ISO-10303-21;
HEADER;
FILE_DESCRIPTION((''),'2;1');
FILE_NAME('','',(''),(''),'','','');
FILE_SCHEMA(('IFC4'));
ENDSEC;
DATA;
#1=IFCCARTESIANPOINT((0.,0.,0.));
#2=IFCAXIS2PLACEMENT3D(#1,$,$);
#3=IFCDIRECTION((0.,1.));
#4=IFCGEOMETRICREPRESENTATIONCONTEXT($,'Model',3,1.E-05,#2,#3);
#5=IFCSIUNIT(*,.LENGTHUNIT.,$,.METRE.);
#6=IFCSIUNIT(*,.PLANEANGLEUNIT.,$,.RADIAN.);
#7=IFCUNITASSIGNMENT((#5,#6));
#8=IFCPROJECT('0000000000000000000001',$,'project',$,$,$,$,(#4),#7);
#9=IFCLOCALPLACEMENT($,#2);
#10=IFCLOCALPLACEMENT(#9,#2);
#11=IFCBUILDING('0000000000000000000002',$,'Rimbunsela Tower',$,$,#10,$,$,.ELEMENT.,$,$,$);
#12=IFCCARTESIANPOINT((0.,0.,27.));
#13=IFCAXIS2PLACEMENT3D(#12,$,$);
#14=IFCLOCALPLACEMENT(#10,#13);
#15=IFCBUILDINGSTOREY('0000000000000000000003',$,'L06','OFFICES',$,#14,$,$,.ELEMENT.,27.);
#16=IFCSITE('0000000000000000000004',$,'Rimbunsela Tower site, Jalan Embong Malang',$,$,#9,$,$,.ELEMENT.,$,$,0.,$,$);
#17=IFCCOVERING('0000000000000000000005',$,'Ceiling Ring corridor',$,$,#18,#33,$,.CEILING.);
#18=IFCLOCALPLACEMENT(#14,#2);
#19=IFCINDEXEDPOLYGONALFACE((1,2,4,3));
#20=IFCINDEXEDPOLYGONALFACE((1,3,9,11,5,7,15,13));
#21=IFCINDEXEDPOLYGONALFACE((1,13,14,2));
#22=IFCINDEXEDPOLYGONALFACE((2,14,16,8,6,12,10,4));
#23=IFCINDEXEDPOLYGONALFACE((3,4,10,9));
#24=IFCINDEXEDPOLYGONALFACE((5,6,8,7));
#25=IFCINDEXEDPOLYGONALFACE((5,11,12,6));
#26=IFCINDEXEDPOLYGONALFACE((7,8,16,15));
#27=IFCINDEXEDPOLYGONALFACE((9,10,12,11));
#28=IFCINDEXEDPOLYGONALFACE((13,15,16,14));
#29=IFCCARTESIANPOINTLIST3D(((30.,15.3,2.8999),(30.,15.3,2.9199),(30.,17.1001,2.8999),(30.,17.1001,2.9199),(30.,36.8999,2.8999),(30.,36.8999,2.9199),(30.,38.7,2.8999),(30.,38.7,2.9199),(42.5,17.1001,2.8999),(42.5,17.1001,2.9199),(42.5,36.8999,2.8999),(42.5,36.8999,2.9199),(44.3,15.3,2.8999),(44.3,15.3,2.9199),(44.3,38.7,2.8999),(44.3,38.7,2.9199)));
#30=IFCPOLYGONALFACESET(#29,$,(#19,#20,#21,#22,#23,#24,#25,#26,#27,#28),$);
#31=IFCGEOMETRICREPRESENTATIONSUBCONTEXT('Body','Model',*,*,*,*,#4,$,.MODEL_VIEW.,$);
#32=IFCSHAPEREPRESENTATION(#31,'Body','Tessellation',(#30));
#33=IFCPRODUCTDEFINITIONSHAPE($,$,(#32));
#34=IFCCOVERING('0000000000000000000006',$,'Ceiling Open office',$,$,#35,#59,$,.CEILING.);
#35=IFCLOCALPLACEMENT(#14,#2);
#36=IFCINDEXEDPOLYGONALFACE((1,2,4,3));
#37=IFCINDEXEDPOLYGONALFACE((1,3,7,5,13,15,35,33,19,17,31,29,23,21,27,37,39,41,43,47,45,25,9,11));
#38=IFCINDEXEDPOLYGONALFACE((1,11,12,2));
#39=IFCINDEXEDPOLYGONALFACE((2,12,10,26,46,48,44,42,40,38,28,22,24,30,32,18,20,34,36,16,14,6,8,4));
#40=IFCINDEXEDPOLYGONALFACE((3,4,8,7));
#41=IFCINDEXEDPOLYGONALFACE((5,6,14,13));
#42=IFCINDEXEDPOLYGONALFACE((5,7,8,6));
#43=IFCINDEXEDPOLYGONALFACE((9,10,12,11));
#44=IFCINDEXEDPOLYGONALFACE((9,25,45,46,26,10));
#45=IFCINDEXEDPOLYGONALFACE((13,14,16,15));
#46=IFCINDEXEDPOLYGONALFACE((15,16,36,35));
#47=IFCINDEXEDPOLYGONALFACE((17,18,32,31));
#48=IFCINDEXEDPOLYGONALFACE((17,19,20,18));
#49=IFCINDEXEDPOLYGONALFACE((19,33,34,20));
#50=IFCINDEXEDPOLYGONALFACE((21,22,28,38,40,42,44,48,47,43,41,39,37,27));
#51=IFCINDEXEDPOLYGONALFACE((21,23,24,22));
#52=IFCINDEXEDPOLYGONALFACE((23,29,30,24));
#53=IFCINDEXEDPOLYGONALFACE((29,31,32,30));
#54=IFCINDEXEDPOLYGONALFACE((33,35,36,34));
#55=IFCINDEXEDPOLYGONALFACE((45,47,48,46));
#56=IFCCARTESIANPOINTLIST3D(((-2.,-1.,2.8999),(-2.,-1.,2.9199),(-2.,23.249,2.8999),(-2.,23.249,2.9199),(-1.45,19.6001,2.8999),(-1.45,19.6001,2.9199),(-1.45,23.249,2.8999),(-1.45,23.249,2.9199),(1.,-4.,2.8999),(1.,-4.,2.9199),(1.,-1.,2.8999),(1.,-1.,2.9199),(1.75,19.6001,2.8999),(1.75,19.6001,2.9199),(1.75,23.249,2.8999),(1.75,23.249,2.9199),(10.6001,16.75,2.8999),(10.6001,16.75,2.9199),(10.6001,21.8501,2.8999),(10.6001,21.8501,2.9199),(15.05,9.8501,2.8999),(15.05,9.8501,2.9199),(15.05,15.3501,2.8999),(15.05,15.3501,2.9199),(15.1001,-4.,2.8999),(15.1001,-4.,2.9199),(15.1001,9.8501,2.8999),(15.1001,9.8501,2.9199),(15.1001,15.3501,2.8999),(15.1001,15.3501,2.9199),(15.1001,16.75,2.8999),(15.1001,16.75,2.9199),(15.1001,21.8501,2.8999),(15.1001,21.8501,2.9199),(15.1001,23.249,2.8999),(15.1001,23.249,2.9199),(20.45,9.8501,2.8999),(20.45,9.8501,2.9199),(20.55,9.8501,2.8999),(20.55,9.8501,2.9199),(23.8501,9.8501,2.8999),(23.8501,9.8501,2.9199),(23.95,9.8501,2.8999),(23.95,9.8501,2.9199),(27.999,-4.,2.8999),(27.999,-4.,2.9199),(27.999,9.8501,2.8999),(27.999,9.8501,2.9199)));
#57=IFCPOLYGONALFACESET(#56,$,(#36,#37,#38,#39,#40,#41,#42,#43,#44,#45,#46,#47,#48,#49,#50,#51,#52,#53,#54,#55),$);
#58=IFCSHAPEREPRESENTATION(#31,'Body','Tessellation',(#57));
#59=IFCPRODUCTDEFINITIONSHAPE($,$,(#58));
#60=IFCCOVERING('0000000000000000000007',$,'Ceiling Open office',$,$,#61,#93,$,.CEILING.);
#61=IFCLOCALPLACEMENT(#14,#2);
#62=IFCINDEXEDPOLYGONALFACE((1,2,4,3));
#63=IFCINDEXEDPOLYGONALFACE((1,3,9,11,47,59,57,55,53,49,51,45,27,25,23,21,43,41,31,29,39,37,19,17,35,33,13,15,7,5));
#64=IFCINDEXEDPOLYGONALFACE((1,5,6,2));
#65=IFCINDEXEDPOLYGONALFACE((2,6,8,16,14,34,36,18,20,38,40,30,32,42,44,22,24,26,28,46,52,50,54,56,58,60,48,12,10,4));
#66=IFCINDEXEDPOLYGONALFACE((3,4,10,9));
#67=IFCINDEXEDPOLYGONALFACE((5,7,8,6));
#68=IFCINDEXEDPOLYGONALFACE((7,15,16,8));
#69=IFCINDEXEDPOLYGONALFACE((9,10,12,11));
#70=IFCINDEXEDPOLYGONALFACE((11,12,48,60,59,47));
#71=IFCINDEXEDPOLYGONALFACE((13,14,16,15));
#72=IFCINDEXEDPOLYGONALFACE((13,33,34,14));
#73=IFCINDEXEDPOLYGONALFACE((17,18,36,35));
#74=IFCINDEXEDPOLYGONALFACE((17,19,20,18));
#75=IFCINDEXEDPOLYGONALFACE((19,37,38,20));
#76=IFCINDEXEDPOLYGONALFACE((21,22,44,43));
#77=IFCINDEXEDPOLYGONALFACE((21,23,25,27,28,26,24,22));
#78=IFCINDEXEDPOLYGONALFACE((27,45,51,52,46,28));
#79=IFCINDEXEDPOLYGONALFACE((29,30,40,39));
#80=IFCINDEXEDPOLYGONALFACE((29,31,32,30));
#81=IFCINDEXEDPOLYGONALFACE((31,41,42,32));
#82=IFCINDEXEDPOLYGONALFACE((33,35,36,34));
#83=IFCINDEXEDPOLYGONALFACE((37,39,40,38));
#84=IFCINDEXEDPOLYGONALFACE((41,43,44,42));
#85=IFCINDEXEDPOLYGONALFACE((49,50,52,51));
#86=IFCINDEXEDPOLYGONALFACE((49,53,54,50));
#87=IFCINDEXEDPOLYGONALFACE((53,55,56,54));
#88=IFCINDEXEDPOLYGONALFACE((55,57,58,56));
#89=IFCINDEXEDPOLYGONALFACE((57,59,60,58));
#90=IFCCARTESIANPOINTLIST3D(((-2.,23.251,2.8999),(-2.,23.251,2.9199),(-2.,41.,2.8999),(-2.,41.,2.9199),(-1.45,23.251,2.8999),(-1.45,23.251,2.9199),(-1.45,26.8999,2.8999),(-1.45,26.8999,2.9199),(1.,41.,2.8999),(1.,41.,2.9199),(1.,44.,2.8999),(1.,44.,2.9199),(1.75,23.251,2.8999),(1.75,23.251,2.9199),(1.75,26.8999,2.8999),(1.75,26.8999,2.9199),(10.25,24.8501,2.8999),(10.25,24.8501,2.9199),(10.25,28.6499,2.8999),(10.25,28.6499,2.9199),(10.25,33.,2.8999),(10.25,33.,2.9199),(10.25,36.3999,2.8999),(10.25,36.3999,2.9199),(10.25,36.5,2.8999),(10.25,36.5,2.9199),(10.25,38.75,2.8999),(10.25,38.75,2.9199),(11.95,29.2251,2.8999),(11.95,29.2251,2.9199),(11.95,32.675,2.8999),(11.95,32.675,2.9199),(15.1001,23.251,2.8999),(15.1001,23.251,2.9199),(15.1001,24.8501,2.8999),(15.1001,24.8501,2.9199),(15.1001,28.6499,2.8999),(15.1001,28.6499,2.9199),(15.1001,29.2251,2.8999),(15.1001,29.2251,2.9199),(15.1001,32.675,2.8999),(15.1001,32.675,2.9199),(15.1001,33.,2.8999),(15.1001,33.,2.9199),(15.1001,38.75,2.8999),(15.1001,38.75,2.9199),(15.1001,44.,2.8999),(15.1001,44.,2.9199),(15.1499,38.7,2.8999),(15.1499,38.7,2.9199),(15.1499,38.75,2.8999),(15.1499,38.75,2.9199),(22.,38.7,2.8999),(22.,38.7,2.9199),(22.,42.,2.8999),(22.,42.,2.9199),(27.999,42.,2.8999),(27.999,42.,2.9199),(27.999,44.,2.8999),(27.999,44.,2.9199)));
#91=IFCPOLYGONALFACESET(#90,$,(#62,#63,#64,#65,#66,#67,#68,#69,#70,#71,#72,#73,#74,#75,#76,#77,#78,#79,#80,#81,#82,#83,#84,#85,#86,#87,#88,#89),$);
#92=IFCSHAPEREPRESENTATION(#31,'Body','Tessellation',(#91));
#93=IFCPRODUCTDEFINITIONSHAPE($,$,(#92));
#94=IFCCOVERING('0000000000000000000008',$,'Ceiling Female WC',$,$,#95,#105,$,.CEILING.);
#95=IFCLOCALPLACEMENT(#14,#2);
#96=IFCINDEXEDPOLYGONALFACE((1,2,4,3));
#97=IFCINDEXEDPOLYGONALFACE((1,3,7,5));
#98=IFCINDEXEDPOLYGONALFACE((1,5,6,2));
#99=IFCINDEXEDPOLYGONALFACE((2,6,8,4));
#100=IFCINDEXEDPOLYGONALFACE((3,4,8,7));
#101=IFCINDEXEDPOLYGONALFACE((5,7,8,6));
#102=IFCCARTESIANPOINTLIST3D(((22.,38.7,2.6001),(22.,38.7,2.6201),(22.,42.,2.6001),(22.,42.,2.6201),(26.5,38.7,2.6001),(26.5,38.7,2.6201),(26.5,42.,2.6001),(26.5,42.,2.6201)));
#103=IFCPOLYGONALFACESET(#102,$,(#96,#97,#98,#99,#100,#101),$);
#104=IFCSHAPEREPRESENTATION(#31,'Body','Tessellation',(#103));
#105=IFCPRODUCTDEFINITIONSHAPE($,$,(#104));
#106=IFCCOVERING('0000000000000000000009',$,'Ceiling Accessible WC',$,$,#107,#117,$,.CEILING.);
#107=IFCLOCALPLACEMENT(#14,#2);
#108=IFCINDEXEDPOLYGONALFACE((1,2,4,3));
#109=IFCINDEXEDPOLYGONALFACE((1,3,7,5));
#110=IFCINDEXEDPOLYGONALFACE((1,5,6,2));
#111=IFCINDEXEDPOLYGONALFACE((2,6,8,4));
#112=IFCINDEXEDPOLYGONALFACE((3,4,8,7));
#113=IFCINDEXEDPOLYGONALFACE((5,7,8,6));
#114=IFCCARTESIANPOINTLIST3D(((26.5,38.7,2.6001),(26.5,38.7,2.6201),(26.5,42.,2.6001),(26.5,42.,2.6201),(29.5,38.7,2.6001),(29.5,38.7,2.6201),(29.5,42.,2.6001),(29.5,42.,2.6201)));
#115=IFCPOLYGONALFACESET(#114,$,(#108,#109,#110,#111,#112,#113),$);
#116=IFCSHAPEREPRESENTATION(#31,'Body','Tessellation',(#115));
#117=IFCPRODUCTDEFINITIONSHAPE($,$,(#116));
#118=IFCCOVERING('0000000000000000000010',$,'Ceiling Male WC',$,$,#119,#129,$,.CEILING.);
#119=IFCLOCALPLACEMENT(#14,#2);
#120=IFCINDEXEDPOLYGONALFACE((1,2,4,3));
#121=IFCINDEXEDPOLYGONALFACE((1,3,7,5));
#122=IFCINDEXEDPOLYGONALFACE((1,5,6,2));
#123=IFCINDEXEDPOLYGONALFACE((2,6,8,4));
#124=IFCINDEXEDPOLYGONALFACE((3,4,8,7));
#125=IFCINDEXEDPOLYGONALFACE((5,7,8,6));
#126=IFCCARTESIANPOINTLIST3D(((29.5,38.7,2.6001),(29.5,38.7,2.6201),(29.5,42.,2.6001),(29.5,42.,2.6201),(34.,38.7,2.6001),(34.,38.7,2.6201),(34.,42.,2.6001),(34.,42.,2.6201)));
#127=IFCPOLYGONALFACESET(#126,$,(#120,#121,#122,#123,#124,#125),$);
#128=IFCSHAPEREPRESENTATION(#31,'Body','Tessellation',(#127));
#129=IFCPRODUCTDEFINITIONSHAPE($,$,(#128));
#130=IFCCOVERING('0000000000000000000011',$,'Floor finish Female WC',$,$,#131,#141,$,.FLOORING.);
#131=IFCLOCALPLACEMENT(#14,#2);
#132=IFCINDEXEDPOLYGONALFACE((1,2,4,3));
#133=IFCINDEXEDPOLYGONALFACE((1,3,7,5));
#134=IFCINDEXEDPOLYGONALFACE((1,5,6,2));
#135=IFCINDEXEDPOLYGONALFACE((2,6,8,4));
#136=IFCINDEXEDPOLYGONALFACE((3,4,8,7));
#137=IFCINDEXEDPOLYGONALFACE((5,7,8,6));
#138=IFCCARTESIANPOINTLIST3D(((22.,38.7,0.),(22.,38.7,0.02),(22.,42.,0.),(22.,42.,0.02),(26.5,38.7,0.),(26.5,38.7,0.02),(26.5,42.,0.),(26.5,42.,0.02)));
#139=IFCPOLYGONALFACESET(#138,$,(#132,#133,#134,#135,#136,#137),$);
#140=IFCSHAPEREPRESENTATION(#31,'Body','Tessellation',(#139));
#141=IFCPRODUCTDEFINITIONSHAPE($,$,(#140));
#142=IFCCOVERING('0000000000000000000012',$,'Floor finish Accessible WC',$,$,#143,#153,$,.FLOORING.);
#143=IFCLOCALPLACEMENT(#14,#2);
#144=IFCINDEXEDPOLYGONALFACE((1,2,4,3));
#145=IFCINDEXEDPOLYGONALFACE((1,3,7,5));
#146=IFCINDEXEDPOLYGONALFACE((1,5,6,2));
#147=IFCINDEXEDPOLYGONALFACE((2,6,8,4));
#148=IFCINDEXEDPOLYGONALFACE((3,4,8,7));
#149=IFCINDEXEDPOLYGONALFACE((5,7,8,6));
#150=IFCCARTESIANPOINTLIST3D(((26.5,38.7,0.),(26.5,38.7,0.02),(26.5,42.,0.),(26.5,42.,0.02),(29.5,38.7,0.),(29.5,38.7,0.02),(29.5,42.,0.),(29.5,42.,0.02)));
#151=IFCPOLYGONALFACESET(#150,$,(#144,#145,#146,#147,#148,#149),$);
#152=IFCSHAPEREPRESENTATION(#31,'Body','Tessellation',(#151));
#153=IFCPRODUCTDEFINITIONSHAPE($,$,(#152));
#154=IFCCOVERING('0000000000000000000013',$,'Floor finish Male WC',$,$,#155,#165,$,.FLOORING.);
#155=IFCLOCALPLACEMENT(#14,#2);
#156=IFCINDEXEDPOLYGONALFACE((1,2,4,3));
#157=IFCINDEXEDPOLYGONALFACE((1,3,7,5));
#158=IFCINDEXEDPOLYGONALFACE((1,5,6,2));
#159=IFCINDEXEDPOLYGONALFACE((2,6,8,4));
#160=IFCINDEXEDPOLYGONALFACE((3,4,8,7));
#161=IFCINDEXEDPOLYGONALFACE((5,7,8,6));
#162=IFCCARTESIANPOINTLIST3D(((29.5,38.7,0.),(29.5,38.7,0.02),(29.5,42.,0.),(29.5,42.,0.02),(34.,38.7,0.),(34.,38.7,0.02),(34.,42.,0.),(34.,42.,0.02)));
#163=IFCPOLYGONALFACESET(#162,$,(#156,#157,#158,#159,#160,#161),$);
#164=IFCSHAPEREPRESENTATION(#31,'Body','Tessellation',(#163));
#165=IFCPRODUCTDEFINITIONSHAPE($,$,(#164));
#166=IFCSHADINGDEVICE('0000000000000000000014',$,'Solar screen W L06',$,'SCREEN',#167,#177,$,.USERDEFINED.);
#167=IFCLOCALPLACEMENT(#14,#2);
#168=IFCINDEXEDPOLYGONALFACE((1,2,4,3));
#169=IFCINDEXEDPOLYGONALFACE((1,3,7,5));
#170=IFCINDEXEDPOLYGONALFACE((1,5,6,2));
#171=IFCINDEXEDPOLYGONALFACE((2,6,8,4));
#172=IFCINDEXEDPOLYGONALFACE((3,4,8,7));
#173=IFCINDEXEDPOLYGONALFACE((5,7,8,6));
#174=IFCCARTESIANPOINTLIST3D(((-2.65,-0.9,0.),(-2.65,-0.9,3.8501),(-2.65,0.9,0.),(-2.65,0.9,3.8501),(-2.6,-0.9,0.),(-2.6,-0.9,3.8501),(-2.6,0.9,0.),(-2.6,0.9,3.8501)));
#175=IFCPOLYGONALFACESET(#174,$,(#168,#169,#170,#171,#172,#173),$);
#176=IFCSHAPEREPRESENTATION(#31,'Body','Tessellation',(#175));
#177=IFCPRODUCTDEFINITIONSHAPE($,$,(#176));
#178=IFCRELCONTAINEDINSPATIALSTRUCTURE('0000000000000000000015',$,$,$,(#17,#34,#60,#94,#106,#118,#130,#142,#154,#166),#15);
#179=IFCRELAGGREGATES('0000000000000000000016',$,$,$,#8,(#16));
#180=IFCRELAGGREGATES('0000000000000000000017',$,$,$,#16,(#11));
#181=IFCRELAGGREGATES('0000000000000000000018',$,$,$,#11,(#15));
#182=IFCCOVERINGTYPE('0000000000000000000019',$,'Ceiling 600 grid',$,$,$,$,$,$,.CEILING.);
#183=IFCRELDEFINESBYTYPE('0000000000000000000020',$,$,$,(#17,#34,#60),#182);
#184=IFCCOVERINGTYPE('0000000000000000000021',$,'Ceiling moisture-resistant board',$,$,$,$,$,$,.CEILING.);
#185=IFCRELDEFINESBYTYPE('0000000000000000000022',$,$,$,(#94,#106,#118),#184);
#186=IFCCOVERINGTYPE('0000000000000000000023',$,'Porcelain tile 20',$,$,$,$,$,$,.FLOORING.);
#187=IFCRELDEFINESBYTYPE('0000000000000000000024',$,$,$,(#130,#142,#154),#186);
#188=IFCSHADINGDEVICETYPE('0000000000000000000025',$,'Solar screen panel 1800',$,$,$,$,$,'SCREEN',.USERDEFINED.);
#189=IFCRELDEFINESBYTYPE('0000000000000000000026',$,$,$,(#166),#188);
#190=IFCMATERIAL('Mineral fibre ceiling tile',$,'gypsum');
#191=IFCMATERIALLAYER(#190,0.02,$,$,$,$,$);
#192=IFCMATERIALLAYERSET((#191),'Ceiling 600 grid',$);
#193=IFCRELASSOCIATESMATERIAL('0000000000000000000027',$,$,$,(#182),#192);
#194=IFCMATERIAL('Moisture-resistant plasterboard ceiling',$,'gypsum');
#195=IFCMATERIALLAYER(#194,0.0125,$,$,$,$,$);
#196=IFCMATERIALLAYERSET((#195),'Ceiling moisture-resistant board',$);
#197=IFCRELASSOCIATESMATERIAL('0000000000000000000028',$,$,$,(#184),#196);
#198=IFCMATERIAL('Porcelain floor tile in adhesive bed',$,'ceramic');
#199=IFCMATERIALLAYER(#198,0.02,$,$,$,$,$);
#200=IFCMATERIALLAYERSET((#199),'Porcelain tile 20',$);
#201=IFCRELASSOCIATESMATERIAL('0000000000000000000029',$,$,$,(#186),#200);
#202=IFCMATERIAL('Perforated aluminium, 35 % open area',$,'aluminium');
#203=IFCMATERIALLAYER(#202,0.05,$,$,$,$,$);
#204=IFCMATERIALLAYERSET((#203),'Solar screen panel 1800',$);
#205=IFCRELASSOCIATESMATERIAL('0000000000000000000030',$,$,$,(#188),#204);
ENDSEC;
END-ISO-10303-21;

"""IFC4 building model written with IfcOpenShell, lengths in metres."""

from ifc_helpers import new_model, si_unit, direction, frame, origin, origin_2d, place, context, subcontext, project, spatial, polyline, rectangle, outline, extrude, material, layer, layer_set, type_object, element, save


model = new_model("IFC4")

# Units and contexts
model_context = context("Model", 3, precision=1e-05, world=origin(), true_north=direction((0.0, 1.0)))
body_context = subcontext(model_context, "Body", "Model", "MODEL_VIEW")
ifc_project = project(units=[si_unit("LENGTHUNIT", "METRE"), si_unit("PLANEANGLEUNIT", "RADIAN")], contexts=[model_context])

# Site, building, storey
site_placement = place(None, origin())
site = spatial("IfcSite", under=ifc_project, at=site_placement, Name="Rimbunsela Tower site, Jalan Embong Malang", CompositionType="ELEMENT", RefElevation=0.0)
building_placement = place(site_placement, origin())
building = spatial("IfcBuilding", under=site, at=building_placement, Name="Rimbunsela Tower", CompositionType="ELEMENT")
storey_placement = place(building_placement, frame((0.0, 0.0, 27.0)))
storey = spatial("IfcBuildingStorey", under=building, at=storey_placement, Name="L06", Description="OFFICES", CompositionType="ELEMENT", Elevation=27.0)

# Coverings
ifc_material_1 = material(Name="Mineral fibre ceiling tile", Category="gypsum")
ifc_layer_1 = layer(ifc_material_1, 0.02)
ifc_layer_set_1 = layer_set([ifc_layer_1], Name="Ceiling 600 grid")
covering_type_1 = type_object("IfcCoveringType", Name="Ceiling 600 grid", PredefinedType="CEILING", material=ifc_layer_set_1)
covering_1_placement = place(storey_placement, frame((0.0, 0.0, 2.8999)))
element("IfcCovering", 1, at=covering_1_placement, inside=storey, type_object=covering_type_1, Name="Ceiling Ring corridor", PredefinedType="CEILING", context=body_context, shape_type="SweptSolid", body=[
    extrude(outline(polyline([(44.3, 38.7), (44.3, 15.3), (30.0, 15.3), (30.0, 17.1001), (42.5, 17.1001), (42.5, 36.8999), (30.0, 36.8999), (30.0, 38.7), (44.3, 38.7)])), origin(), (0.0, 0.0, 1.0), 0.02),
])
covering_2_placement = place(storey_placement, frame((0.0, 0.0, 2.8999)))
element("IfcCovering", 2, at=covering_2_placement, inside=storey, type_object=covering_type_1, Name="Ceiling Open office", PredefinedType="CEILING", context=body_context, shape_type="SweptSolid", body=[
    extrude(outline(polyline([(20.55, 9.8501), (23.8501, 9.8501), (23.95, 9.8501), (27.999, 9.8501), (27.999, -4.0), (15.1001, -4.0), (1.0, -4.0), (1.0, -1.0), (-2.0, -1.0), (-2.0, 23.249), (-1.45, 23.249), (-1.45, 19.6001), (1.75, 19.6001), (1.75, 23.249), (15.1001, 23.249), (15.1001, 21.8501), (10.6001, 21.8501), (10.6001, 16.75), (15.1001, 16.75), (15.1001, 15.3501), (15.05, 15.3501), (15.05, 9.8501), (15.1001, 9.8501), (20.45, 9.8501), (20.55, 9.8501)])), origin(), (0.0, 0.0, 1.0), 0.02),
])
covering_3_placement = place(storey_placement, frame((0.0, 0.0, 2.8999)))
element("IfcCovering", 3, at=covering_3_placement, inside=storey, type_object=covering_type_1, Name="Ceiling Open office", PredefinedType="CEILING", context=body_context, shape_type="SweptSolid", body=[
    extrude(outline(polyline([(10.25, 36.5), (10.25, 36.3999), (10.25, 33.0), (15.1001, 33.0), (15.1001, 32.675), (11.95, 32.675), (11.95, 29.2251), (15.1001, 29.2251), (15.1001, 28.6499), (10.25, 28.6499), (10.25, 24.8501), (15.1001, 24.8501), (15.1001, 23.251), (1.75, 23.251), (1.75, 26.8999), (-1.45, 26.8999), (-1.45, 23.251), (-2.0, 23.251), (-2.0, 41.0), (1.0, 41.0), (1.0, 44.0), (15.1001, 44.0), (27.999, 44.0), (27.999, 42.0), (22.0, 42.0), (22.0, 38.7), (15.1499, 38.7), (15.1499, 38.75), (15.1001, 38.75), (10.25, 38.75), (10.25, 36.5)])), origin(), (0.0, 0.0, 1.0), 0.02),
])
ifc_material_2 = material(Name="Moisture-resistant plasterboard ceiling", Category="gypsum")
ifc_layer_2 = layer(ifc_material_2, 0.0125)
ifc_layer_set_2 = layer_set([ifc_layer_2], Name="Ceiling moisture-resistant board")
covering_type_2 = type_object("IfcCoveringType", Name="Ceiling moisture-resistant board", PredefinedType="CEILING", material=ifc_layer_set_2)
covering_4_placement = place(storey_placement, frame((0.0, 0.0, 2.6001)))
element("IfcCovering", 4, at=covering_4_placement, inside=storey, type_object=covering_type_2, Name="Ceiling Female WC", PredefinedType="CEILING", context=body_context, shape_type="SweptSolid", body=[
    extrude(outline(polyline([(26.5, 38.7), (26.5, 42.0), (22.0, 42.0), (22.0, 38.7), (26.5, 38.7)])), origin(), (0.0, 0.0, 1.0), 0.02),
])
covering_5_placement = place(storey_placement, frame((0.0, 0.0, 2.6001)))
element("IfcCovering", 5, at=covering_5_placement, inside=storey, type_object=covering_type_2, Name="Ceiling Accessible WC", PredefinedType="CEILING", context=body_context, shape_type="SweptSolid", body=[
    extrude(outline(polyline([(29.5, 38.7), (29.5, 42.0), (26.5, 42.0), (26.5, 38.7), (29.5, 38.7)])), origin(), (0.0, 0.0, 1.0), 0.02),
])
covering_6_placement = place(storey_placement, frame((0.0, 0.0, 2.6001)))
element("IfcCovering", 6, at=covering_6_placement, inside=storey, type_object=covering_type_2, Name="Ceiling Male WC", PredefinedType="CEILING", context=body_context, shape_type="SweptSolid", body=[
    extrude(outline(polyline([(34.0, 38.7), (34.0, 42.0), (29.5, 42.0), (29.5, 38.7), (34.0, 38.7)])), origin(), (0.0, 0.0, 1.0), 0.02),
])
ifc_material_3 = material(Name="Porcelain floor tile in adhesive bed", Category="ceramic")
ifc_layer_3 = layer(ifc_material_3, 0.02)
ifc_layer_set_3 = layer_set([ifc_layer_3], Name="Porcelain tile 20")
covering_type_3 = type_object("IfcCoveringType", Name="Porcelain tile 20", PredefinedType="FLOORING", material=ifc_layer_set_3)
covering_7_placement = place(storey_placement, origin())
element("IfcCovering", 7, at=covering_7_placement, inside=storey, type_object=covering_type_3, Name="Floor finish Female WC", PredefinedType="FLOORING", context=body_context, shape_type="SweptSolid", body=[
    extrude(outline(polyline([(26.5, 38.7), (26.5, 42.0), (22.0, 42.0), (22.0, 38.7), (26.5, 38.7)])), origin(), (0.0, 0.0, 1.0), 0.02),
])
covering_8_placement = place(storey_placement, origin())
element("IfcCovering", 8, at=covering_8_placement, inside=storey, type_object=covering_type_3, Name="Floor finish Accessible WC", PredefinedType="FLOORING", context=body_context, shape_type="SweptSolid", body=[
    extrude(outline(polyline([(29.5, 38.7), (29.5, 42.0), (26.5, 42.0), (26.5, 38.7), (29.5, 38.7)])), origin(), (0.0, 0.0, 1.0), 0.02),
])
covering_9_placement = place(storey_placement, origin())
element("IfcCovering", 9, at=covering_9_placement, inside=storey, type_object=covering_type_3, Name="Floor finish Male WC", PredefinedType="FLOORING", context=body_context, shape_type="SweptSolid", body=[
    extrude(outline(polyline([(34.0, 38.7), (34.0, 42.0), (29.5, 42.0), (29.5, 38.7), (34.0, 38.7)])), origin(), (0.0, 0.0, 1.0), 0.02),
])

# Shading device
ifc_material_4 = material(Name="Perforated aluminium, 35 % open area", Category="aluminium")
ifc_layer_4 = layer(ifc_material_4, 0.05)
ifc_layer_set_4 = layer_set([ifc_layer_4], Name="Solar screen panel 1800")
shading_device_type = type_object("IfcShadingDeviceType", Name="Solar screen panel 1800", ElementType="SCREEN", PredefinedType="USERDEFINED", material=ifc_layer_set_4)
shading_device_placement = place(storey_placement, frame((-2.625, 0.0, 0.0), z_axis=(0.0, 0.0, 1.0), x_axis=(0.0, 1.0, 0.0)))
element("IfcShadingDevice", 10, at=shading_device_placement, inside=storey, type_object=shading_device_type, Name="Solar screen W L06", ObjectType="SCREEN", PredefinedType="USERDEFINED", context=body_context, shape_type="SweptSolid", body=[
    extrude(rectangle(XDim=1.8, YDim=0.05, at=origin_2d()), origin(), (0.0, 0.0, 1.0), 3.8501),
])

save(model, "model.ifc")
